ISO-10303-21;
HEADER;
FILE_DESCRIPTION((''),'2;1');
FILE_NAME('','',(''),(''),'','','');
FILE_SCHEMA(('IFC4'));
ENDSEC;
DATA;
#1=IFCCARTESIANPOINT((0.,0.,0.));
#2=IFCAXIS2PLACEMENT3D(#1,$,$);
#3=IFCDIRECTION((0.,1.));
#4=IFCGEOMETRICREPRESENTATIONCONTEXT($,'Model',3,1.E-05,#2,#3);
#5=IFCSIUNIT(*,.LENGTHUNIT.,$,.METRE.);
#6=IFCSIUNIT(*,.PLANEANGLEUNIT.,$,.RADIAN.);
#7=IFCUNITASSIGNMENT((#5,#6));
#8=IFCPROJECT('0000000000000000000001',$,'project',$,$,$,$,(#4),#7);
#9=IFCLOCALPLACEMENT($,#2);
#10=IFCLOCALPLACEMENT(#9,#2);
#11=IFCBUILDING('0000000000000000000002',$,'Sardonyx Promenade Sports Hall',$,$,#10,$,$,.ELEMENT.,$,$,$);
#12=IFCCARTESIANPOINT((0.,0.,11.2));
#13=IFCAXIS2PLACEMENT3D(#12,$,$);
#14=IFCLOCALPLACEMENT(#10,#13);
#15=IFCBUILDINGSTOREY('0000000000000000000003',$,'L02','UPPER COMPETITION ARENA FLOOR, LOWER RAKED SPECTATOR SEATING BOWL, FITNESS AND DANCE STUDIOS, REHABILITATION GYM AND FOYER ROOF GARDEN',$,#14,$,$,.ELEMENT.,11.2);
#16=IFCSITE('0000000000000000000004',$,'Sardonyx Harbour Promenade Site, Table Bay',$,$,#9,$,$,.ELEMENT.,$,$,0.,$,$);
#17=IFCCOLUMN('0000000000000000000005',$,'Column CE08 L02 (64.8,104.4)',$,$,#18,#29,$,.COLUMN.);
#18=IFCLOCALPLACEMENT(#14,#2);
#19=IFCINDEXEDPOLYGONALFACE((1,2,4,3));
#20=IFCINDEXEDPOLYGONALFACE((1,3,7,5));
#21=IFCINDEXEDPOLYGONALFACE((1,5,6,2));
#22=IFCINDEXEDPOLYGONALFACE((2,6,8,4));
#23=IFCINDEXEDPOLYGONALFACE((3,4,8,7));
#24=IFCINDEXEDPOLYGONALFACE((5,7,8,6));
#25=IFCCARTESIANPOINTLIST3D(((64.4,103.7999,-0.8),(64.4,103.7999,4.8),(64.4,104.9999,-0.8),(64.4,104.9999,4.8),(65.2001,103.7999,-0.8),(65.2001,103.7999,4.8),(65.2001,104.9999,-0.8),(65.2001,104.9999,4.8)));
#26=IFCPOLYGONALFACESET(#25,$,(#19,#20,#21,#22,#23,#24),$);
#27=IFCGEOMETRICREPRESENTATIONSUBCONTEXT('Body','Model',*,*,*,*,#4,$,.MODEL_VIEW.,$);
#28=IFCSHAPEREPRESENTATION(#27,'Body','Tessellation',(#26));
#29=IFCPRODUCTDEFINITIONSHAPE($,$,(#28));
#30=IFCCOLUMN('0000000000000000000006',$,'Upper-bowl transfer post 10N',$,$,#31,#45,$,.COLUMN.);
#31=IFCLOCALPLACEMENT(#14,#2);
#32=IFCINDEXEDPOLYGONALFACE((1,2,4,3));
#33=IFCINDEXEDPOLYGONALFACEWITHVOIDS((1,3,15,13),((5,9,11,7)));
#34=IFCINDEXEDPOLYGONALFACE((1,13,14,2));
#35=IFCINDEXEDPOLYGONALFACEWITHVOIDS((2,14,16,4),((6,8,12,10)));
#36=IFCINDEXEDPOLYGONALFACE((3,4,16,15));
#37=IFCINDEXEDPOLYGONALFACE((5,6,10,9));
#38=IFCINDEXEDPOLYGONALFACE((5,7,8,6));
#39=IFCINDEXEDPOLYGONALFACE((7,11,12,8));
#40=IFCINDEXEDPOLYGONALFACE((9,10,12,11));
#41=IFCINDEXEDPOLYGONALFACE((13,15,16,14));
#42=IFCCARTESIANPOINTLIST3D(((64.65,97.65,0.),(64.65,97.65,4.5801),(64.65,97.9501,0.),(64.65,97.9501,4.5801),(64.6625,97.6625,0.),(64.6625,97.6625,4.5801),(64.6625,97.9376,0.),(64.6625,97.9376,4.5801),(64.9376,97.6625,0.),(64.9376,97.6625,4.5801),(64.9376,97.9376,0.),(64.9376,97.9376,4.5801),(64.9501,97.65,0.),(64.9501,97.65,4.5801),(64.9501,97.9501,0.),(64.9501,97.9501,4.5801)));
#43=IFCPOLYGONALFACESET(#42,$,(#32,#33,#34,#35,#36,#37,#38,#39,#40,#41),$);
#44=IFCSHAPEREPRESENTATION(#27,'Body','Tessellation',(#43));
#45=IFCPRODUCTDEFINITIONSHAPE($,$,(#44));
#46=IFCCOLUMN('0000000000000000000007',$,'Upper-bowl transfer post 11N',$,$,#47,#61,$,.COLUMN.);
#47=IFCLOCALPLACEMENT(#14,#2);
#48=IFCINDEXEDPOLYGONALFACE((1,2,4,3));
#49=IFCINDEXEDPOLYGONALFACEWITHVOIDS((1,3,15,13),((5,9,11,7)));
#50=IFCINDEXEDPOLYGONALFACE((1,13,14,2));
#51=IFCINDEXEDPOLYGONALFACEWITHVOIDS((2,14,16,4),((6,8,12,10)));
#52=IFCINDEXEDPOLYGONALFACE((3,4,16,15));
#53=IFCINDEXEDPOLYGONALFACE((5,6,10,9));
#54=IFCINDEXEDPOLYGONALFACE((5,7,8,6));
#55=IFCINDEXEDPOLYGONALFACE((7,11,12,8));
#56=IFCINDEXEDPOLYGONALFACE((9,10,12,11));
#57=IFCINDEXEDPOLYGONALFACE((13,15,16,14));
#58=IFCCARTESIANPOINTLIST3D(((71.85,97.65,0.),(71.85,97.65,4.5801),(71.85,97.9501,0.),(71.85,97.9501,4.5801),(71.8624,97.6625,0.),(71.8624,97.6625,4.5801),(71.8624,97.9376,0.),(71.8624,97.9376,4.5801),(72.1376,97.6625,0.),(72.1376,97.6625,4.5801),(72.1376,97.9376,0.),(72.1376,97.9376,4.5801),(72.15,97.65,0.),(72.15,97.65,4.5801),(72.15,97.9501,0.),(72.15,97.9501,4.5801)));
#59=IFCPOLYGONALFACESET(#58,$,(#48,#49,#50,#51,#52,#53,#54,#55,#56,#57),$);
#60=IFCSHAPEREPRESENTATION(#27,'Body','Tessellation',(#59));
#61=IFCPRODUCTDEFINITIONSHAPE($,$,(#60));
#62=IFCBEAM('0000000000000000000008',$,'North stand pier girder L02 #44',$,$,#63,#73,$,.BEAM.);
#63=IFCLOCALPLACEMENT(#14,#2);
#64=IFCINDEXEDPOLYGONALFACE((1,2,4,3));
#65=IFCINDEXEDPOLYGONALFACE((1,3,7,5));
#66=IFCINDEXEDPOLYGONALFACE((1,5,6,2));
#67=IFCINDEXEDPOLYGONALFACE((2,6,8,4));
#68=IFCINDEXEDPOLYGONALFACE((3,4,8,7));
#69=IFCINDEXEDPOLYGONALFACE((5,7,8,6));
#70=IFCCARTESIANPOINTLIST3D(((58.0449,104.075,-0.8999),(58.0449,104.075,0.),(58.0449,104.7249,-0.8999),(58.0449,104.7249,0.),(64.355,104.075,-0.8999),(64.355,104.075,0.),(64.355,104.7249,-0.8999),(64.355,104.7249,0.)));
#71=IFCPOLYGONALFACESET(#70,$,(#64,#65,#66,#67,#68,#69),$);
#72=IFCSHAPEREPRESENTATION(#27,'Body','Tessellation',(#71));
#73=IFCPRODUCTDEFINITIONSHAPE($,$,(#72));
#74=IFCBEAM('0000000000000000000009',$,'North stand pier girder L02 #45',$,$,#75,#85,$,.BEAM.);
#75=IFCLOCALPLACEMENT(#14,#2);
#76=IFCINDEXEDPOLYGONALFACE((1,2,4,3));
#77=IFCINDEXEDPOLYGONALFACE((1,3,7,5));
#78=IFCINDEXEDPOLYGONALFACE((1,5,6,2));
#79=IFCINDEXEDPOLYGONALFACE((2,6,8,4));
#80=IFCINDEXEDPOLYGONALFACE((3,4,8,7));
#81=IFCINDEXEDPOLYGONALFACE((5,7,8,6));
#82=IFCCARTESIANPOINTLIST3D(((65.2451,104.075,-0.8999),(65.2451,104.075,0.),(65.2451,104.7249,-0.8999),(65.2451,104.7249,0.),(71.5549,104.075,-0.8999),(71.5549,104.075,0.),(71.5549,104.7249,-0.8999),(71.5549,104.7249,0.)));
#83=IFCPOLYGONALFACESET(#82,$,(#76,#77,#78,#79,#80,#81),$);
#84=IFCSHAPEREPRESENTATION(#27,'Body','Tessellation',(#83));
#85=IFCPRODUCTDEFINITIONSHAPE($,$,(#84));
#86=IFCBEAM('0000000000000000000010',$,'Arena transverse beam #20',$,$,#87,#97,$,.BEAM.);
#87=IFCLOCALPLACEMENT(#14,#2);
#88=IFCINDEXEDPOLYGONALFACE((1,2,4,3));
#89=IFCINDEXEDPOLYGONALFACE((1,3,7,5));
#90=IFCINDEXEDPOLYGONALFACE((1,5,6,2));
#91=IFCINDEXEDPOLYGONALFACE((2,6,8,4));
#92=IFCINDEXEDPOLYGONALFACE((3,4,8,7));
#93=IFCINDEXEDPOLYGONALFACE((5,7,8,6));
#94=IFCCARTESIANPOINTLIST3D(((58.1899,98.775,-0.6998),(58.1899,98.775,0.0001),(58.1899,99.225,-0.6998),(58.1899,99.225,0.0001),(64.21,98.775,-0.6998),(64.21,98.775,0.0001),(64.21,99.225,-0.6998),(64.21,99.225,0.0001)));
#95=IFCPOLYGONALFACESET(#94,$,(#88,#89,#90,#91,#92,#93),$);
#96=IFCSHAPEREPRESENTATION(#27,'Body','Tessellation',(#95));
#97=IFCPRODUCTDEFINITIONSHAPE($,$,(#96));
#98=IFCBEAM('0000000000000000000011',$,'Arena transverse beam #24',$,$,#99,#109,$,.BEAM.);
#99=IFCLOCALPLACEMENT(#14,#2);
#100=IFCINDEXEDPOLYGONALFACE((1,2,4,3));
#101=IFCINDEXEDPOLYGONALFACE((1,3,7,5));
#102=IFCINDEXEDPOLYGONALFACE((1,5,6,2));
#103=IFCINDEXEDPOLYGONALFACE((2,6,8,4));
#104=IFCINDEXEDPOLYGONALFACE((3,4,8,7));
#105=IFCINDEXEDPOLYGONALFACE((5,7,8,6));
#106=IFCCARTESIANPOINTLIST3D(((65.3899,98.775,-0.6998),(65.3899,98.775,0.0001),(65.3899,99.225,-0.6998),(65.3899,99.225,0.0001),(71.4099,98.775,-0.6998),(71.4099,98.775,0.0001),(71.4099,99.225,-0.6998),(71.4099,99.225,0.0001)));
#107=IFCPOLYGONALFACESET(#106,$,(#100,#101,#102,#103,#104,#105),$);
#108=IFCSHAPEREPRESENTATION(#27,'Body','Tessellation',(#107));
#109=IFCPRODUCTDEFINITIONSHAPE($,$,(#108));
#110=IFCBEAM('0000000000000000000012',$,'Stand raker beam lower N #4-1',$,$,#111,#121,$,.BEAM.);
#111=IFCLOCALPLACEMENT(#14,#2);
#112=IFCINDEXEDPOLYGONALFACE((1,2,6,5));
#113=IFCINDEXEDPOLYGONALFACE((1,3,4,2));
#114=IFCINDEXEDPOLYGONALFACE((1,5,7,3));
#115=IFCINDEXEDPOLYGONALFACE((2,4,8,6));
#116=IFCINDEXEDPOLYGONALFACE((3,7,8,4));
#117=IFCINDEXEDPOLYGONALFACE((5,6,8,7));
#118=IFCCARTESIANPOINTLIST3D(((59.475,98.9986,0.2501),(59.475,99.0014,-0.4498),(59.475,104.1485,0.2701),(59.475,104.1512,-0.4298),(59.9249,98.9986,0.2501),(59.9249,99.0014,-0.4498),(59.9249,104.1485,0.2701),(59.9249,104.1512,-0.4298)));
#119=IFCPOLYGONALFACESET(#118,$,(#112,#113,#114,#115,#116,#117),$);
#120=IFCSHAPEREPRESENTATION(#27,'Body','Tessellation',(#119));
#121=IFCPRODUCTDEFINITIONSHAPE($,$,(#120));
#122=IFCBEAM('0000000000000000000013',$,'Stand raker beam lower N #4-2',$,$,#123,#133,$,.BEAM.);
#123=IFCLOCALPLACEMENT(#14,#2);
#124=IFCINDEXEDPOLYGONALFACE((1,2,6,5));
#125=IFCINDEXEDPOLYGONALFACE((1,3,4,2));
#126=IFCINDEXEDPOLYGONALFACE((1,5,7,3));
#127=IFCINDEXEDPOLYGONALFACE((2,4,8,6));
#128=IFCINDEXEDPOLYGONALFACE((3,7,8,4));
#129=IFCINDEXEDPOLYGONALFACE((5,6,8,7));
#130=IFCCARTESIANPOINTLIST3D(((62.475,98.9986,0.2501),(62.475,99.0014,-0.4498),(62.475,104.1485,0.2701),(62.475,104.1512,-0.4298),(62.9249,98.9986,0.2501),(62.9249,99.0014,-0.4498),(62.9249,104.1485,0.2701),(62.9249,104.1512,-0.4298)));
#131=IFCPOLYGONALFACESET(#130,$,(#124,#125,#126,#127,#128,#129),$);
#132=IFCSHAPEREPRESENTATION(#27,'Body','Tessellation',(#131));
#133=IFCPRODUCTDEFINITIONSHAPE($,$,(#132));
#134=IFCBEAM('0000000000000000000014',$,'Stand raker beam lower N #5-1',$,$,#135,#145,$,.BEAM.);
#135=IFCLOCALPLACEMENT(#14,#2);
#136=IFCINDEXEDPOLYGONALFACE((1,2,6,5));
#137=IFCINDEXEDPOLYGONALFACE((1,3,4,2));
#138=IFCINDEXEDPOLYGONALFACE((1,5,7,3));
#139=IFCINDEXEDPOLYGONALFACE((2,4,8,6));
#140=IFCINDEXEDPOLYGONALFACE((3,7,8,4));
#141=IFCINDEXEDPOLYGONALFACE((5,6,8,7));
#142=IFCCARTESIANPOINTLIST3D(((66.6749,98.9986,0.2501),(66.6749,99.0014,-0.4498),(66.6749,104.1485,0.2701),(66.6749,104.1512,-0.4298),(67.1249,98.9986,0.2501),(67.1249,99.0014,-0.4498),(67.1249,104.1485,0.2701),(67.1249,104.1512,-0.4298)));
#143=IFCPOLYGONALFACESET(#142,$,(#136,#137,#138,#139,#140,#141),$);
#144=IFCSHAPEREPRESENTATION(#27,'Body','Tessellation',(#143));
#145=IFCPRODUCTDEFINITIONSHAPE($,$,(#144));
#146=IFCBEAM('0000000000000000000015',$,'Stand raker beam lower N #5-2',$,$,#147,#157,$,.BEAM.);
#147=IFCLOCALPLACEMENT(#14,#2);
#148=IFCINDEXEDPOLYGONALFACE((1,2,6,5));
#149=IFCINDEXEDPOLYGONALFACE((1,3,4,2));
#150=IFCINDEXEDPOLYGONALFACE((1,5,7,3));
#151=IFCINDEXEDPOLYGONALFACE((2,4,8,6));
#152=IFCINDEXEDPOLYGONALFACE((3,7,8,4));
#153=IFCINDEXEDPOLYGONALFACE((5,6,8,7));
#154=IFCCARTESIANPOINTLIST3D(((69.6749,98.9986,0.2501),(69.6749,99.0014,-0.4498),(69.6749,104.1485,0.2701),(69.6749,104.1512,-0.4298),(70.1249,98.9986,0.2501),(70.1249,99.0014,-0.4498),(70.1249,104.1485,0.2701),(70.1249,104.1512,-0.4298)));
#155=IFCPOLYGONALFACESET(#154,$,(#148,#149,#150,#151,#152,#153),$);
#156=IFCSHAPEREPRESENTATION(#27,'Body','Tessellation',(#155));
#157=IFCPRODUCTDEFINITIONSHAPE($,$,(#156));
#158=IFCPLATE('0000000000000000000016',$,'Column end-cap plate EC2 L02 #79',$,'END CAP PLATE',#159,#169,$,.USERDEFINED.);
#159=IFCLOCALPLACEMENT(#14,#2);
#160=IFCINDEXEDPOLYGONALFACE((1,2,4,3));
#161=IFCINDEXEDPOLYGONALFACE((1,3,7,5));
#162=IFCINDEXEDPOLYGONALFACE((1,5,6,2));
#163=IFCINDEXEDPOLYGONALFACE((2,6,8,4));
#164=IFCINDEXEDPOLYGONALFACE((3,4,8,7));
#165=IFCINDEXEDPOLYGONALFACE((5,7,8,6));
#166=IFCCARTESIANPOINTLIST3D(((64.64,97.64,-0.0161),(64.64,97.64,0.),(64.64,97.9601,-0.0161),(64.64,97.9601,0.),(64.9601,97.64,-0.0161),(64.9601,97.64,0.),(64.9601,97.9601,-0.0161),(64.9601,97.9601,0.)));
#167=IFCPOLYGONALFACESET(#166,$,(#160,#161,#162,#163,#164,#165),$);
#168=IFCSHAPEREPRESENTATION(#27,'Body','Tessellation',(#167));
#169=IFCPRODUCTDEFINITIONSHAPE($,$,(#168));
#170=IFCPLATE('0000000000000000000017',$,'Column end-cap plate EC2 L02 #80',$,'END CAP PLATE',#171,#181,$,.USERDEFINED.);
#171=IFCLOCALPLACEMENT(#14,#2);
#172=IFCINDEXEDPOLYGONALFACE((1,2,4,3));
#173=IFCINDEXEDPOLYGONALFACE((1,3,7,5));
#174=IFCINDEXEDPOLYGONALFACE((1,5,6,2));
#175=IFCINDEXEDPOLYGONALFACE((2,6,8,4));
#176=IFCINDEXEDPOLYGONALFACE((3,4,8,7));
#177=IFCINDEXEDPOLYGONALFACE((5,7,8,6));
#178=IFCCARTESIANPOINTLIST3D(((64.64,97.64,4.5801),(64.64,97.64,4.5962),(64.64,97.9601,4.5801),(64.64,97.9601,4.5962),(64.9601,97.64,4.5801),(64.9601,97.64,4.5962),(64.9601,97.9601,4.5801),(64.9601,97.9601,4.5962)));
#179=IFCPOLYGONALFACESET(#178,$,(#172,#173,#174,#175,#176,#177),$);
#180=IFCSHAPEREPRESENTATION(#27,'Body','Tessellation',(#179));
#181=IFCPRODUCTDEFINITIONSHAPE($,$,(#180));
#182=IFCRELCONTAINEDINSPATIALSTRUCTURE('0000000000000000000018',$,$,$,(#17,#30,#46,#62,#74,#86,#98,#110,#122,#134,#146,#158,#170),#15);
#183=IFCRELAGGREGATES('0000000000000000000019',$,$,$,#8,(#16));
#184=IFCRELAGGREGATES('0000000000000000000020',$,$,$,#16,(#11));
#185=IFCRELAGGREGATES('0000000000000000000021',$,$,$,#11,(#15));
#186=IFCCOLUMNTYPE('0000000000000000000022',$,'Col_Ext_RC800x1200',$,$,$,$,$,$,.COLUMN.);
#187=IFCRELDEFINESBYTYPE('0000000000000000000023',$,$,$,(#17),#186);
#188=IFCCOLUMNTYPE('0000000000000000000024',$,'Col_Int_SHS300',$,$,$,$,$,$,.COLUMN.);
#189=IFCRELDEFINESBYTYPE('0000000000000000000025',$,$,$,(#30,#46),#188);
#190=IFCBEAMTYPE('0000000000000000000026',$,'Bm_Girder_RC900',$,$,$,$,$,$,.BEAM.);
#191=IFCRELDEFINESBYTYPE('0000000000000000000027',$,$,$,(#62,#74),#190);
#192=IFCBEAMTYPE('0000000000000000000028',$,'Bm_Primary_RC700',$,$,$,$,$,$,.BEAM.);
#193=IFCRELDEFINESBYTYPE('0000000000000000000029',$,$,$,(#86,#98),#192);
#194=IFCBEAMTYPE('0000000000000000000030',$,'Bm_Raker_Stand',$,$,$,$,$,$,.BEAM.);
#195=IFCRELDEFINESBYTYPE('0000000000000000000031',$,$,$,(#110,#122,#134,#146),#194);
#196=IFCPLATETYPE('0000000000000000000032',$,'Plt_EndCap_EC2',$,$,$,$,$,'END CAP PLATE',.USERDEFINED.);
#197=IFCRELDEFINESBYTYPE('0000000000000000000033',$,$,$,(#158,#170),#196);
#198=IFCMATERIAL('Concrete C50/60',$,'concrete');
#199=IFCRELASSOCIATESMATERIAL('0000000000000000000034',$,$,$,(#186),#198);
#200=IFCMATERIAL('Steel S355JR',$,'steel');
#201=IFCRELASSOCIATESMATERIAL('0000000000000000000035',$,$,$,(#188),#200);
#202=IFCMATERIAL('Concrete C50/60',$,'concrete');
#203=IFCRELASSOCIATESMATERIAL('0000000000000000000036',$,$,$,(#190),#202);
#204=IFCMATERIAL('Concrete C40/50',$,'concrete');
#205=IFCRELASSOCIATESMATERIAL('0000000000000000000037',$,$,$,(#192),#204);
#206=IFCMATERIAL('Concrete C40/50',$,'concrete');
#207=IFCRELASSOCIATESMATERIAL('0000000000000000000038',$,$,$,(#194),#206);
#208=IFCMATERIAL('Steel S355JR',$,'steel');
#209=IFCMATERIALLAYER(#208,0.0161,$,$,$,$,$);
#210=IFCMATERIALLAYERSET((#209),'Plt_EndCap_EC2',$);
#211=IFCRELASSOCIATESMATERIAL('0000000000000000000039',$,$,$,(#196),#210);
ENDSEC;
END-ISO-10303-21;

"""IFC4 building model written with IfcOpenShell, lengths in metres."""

from ifc_helpers import new_model, si_unit, direction, frame, origin, origin_2d, place, context, subcontext, project, spatial, rectangle, hollow_rectangle, extrude, material, layer, layer_set, material_profile, profile_set, type_object, element, save


model = new_model("IFC4")

# Units and contexts
model_context = context("Model", 3, precision=1e-05, world=origin(), true_north=direction((0.0, 1.0)))
body_context = subcontext(model_context, "Body", "Model", "MODEL_VIEW")
ifc_project = project(units=[si_unit("LENGTHUNIT", "METRE"), si_unit("PLANEANGLEUNIT", "RADIAN")], contexts=[model_context])

# Site, building, storey
site_placement = place(None, origin())
site = spatial("IfcSite", under=ifc_project, at=site_placement, Name="Sardonyx Harbour Promenade Site, Table Bay", CompositionType="ELEMENT", RefElevation=0.0)
building_placement = place(site_placement, origin())
building = spatial("IfcBuilding", under=site, at=building_placement, Name="Sardonyx Promenade Sports Hall", CompositionType="ELEMENT")
storey_placement = place(building_placement, frame((0.0, 0.0, 11.2)))
storey = spatial("IfcBuildingStorey", under=building, at=storey_placement, Name="L02", Description="UPPER COMPETITION ARENA FLOOR, LOWER RAKED SPECTATOR SEATING BOWL, FITNESS AND DANCE STUDIOS, REHABILITATION GYM AND FOYER ROOF GARDEN", CompositionType="ELEMENT", Elevation=11.2)

# Columns
ifc_material_1 = material(Name="Concrete C50/60", Category="concrete")
ifc_material_profile_1 = material_profile(ifc_material_1, rectangle(XDim=0.8, YDim=1.2, at=origin_2d()))
ifc_profile_set_1 = profile_set([ifc_material_profile_1], Name="Concrete C50/60")
column_type_1 = type_object("IfcColumnType", Name="Col_Ext_RC800x1200", PredefinedType="COLUMN", material=ifc_profile_set_1)
column_placement = place(storey_placement, frame((64.8, 104.3999, -0.8), z_axis=(0.0, 0.0, 1.0), x_axis=(1.0, 0.0, 0.0)))
element("IfcColumn", 1, at=column_placement, inside=storey, type_object=column_type_1, Name="Column CE08 L02 (64.8,104.4)", PredefinedType="COLUMN", context=body_context, shape_type="SweptSolid", body=[
    extrude(rectangle(XDim=0.8, YDim=1.2, at=origin_2d()), origin(), (0.0, 0.0, 1.0), 5.6001),
])
ifc_material_2 = material(Name="Steel S355JR", Category="steel")
ifc_material_profile_2 = material_profile(ifc_material_2, hollow_rectangle(XDim=0.3, YDim=0.3, WallThickness=0.0125, at=origin_2d()))
ifc_profile_set_2 = profile_set([ifc_material_profile_2], Name="Steel S355JR")
column_type_2 = type_object("IfcColumnType", Name="Col_Int_SHS300", PredefinedType="COLUMN", material=ifc_profile_set_2)
for number, where, z_axis, x_axis, name in (
    (2, (64.8, 97.8, 0.0), (0.0, 0.0, 1.0), (1.0, 0.0, 0.0), "Upper-bowl transfer post 10N"),
    (3, (72.0, 97.8, 0.0), (0.0, 0.0, 1.0), (1.0, 0.0, 0.0), "Upper-bowl transfer post 11N"),
):
    element("IfcColumn", number, at=place(storey_placement, frame(where, z_axis=z_axis, x_axis=x_axis)), inside=storey, type_object=column_type_2, Name=name, PredefinedType="COLUMN", context=body_context, shape_type="SweptSolid", body=[
        extrude(hollow_rectangle(XDim=0.3, YDim=0.3, WallThickness=0.0125, at=origin_2d()), origin(), (0.0, 0.0, 1.0), 4.5801),
    ])

# Beams
ifc_material_3 = material(Name="Concrete C50/60", Category="concrete")
ifc_material_profile_3 = material_profile(ifc_material_3, rectangle(XDim=0.6499, YDim=0.8999, at=origin_2d()))
ifc_profile_set_3 = profile_set([ifc_material_profile_3], Name="Concrete C50/60")
beam_type_1 = type_object("IfcBeamType", Name="Bm_Girder_RC900", PredefinedType="BEAM", material=ifc_profile_set_3)
beam_1_placement = place(storey_placement, frame((58.0449, 104.3999, -0.45), z_axis=(1.0, 0.0, 0.0), x_axis=(0.0, 1.0, 0.0)))
element("IfcBeam", 4, at=beam_1_placement, inside=storey, type_object=beam_type_1, Name="North stand pier girder L02 #44", PredefinedType="BEAM", context=body_context, shape_type="SweptSolid", body=[
    extrude(rectangle(XDim=0.6499, YDim=0.8999, at=origin_2d()), origin(), (0.0, 0.0, 1.0), 6.3101),
])
beam_2_placement = place(storey_placement, frame((65.2451, 104.3999, -0.45), z_axis=(1.0, 0.0, 0.0), x_axis=(0.0, 1.0, 0.0)))
element("IfcBeam", 5, at=beam_2_placement, inside=storey, type_object=beam_type_1, Name="North stand pier girder L02 #45", PredefinedType="BEAM", context=body_context, shape_type="SweptSolid", body=[
    extrude(rectangle(XDim=0.6499, YDim=0.8999, at=origin_2d()), origin(), (0.0, 0.0, 1.0), 6.3098),
])
ifc_material_4 = material(Name="Concrete C40/50", Category="concrete")
ifc_material_profile_4 = material_profile(ifc_material_4, rectangle(XDim=0.45, YDim=0.7, at=origin_2d()))
ifc_profile_set_4 = profile_set([ifc_material_profile_4], Name="Concrete C40/50")
beam_type_2 = type_object("IfcBeamType", Name="Bm_Primary_RC700", PredefinedType="BEAM", material=ifc_profile_set_4)
for number, where, z_axis, x_axis, name in (
    (6, (58.1899, 99.0, -0.3499), (1.0, 0.0, 0.0), (0.0, 1.0, 0.0), "Arena transverse beam #20"),
    (7, (65.3899, 99.0, -0.3499), (1.0, 0.0, 0.0), (0.0, 1.0, 0.0), "Arena transverse beam #24"),
):
    element("IfcBeam", number, at=place(storey_placement, frame(where, z_axis=z_axis, x_axis=x_axis)), inside=storey, type_object=beam_type_2, Name=name, PredefinedType="BEAM", context=body_context, shape_type="SweptSolid", body=[
        extrude(rectangle(XDim=0.45, YDim=0.7, at=origin_2d()), origin(), (0.0, 0.0, 1.0), 6.02),
    ])
ifc_material_5 = material(Name="Concrete C40/50", Category="concrete")
ifc_material_profile_5 = material_profile(ifc_material_5, rectangle(XDim=0.45, YDim=0.7, at=origin_2d()))
ifc_profile_set_5 = profile_set([ifc_material_profile_5], Name="Concrete C40/50")
beam_type_3 = type_object("IfcBeamType", Name="Bm_Raker_Stand", PredefinedType="BEAM", material=ifc_profile_set_5)
for number, where, z_axis, x_axis, name in (
    (8, (59.7, 99.0, -0.0999), (0.0, 0.999992, 0.003887), (-1.0, 0.0, 0.0), "Stand raker beam lower N #4-1"),
    (9, (62.7, 99.0, -0.0999), (0.0, 0.999992, 0.003887), (-1.0, 0.0, 0.0), "Stand raker beam lower N #4-2"),
    (10, (66.8999, 99.0, -0.0999), (0.0, 0.999992, 0.003887), (-1.0, 0.0, 0.0), "Stand raker beam lower N #5-1"),
    (11, (69.8999, 99.0, -0.0999), (0.0, 0.999992, 0.003887), (-1.0, 0.0, 0.0), "Stand raker beam lower N #5-2"),
):
    element("IfcBeam", number, at=place(storey_placement, frame(where, z_axis=z_axis, x_axis=x_axis)), inside=storey, type_object=beam_type_3, Name=name, PredefinedType="BEAM", context=body_context, shape_type="SweptSolid", body=[
        extrude(rectangle(XDim=0.45, YDim=0.7, at=origin_2d()), origin(), (0.0, 0.0, 1.0), 5.1499),
    ])

# Plates
ifc_material_6 = material(Name="Steel S355JR", Category="steel")
ifc_layer_1 = layer(ifc_material_6, 0.0161)
ifc_layer_set_1 = layer_set([ifc_layer_1], Name="Plt_EndCap_EC2")
plate_type = type_object("IfcPlateType", Name="Plt_EndCap_EC2", ElementType="END CAP PLATE", PredefinedType="USERDEFINED", material=ifc_layer_set_1)
for number, where, z_axis, x_axis, name in (
    (12, (64.8, 97.8, -0.0161), (0.0, 0.0, 1.0), (1.0, 0.0, 0.0), "Column end-cap plate EC2 L02 #79"),
    (13, (64.8, 97.8, 4.5801), (0.0, 0.0, 1.0), (1.0, 0.0, 0.0), "Column end-cap plate EC2 L02 #80"),
):
    element("IfcPlate", number, at=place(storey_placement, frame(where, z_axis=z_axis, x_axis=x_axis)), inside=storey, type_object=plate_type, Name=name, ObjectType="END CAP PLATE", PredefinedType="USERDEFINED", context=body_context, shape_type="SweptSolid", body=[
        extrude(rectangle(XDim=0.3201, YDim=0.3201, at=origin_2d()), origin(), (0.0, 0.0, 1.0), 0.0161),
    ])

save(model, "model.ifc")
